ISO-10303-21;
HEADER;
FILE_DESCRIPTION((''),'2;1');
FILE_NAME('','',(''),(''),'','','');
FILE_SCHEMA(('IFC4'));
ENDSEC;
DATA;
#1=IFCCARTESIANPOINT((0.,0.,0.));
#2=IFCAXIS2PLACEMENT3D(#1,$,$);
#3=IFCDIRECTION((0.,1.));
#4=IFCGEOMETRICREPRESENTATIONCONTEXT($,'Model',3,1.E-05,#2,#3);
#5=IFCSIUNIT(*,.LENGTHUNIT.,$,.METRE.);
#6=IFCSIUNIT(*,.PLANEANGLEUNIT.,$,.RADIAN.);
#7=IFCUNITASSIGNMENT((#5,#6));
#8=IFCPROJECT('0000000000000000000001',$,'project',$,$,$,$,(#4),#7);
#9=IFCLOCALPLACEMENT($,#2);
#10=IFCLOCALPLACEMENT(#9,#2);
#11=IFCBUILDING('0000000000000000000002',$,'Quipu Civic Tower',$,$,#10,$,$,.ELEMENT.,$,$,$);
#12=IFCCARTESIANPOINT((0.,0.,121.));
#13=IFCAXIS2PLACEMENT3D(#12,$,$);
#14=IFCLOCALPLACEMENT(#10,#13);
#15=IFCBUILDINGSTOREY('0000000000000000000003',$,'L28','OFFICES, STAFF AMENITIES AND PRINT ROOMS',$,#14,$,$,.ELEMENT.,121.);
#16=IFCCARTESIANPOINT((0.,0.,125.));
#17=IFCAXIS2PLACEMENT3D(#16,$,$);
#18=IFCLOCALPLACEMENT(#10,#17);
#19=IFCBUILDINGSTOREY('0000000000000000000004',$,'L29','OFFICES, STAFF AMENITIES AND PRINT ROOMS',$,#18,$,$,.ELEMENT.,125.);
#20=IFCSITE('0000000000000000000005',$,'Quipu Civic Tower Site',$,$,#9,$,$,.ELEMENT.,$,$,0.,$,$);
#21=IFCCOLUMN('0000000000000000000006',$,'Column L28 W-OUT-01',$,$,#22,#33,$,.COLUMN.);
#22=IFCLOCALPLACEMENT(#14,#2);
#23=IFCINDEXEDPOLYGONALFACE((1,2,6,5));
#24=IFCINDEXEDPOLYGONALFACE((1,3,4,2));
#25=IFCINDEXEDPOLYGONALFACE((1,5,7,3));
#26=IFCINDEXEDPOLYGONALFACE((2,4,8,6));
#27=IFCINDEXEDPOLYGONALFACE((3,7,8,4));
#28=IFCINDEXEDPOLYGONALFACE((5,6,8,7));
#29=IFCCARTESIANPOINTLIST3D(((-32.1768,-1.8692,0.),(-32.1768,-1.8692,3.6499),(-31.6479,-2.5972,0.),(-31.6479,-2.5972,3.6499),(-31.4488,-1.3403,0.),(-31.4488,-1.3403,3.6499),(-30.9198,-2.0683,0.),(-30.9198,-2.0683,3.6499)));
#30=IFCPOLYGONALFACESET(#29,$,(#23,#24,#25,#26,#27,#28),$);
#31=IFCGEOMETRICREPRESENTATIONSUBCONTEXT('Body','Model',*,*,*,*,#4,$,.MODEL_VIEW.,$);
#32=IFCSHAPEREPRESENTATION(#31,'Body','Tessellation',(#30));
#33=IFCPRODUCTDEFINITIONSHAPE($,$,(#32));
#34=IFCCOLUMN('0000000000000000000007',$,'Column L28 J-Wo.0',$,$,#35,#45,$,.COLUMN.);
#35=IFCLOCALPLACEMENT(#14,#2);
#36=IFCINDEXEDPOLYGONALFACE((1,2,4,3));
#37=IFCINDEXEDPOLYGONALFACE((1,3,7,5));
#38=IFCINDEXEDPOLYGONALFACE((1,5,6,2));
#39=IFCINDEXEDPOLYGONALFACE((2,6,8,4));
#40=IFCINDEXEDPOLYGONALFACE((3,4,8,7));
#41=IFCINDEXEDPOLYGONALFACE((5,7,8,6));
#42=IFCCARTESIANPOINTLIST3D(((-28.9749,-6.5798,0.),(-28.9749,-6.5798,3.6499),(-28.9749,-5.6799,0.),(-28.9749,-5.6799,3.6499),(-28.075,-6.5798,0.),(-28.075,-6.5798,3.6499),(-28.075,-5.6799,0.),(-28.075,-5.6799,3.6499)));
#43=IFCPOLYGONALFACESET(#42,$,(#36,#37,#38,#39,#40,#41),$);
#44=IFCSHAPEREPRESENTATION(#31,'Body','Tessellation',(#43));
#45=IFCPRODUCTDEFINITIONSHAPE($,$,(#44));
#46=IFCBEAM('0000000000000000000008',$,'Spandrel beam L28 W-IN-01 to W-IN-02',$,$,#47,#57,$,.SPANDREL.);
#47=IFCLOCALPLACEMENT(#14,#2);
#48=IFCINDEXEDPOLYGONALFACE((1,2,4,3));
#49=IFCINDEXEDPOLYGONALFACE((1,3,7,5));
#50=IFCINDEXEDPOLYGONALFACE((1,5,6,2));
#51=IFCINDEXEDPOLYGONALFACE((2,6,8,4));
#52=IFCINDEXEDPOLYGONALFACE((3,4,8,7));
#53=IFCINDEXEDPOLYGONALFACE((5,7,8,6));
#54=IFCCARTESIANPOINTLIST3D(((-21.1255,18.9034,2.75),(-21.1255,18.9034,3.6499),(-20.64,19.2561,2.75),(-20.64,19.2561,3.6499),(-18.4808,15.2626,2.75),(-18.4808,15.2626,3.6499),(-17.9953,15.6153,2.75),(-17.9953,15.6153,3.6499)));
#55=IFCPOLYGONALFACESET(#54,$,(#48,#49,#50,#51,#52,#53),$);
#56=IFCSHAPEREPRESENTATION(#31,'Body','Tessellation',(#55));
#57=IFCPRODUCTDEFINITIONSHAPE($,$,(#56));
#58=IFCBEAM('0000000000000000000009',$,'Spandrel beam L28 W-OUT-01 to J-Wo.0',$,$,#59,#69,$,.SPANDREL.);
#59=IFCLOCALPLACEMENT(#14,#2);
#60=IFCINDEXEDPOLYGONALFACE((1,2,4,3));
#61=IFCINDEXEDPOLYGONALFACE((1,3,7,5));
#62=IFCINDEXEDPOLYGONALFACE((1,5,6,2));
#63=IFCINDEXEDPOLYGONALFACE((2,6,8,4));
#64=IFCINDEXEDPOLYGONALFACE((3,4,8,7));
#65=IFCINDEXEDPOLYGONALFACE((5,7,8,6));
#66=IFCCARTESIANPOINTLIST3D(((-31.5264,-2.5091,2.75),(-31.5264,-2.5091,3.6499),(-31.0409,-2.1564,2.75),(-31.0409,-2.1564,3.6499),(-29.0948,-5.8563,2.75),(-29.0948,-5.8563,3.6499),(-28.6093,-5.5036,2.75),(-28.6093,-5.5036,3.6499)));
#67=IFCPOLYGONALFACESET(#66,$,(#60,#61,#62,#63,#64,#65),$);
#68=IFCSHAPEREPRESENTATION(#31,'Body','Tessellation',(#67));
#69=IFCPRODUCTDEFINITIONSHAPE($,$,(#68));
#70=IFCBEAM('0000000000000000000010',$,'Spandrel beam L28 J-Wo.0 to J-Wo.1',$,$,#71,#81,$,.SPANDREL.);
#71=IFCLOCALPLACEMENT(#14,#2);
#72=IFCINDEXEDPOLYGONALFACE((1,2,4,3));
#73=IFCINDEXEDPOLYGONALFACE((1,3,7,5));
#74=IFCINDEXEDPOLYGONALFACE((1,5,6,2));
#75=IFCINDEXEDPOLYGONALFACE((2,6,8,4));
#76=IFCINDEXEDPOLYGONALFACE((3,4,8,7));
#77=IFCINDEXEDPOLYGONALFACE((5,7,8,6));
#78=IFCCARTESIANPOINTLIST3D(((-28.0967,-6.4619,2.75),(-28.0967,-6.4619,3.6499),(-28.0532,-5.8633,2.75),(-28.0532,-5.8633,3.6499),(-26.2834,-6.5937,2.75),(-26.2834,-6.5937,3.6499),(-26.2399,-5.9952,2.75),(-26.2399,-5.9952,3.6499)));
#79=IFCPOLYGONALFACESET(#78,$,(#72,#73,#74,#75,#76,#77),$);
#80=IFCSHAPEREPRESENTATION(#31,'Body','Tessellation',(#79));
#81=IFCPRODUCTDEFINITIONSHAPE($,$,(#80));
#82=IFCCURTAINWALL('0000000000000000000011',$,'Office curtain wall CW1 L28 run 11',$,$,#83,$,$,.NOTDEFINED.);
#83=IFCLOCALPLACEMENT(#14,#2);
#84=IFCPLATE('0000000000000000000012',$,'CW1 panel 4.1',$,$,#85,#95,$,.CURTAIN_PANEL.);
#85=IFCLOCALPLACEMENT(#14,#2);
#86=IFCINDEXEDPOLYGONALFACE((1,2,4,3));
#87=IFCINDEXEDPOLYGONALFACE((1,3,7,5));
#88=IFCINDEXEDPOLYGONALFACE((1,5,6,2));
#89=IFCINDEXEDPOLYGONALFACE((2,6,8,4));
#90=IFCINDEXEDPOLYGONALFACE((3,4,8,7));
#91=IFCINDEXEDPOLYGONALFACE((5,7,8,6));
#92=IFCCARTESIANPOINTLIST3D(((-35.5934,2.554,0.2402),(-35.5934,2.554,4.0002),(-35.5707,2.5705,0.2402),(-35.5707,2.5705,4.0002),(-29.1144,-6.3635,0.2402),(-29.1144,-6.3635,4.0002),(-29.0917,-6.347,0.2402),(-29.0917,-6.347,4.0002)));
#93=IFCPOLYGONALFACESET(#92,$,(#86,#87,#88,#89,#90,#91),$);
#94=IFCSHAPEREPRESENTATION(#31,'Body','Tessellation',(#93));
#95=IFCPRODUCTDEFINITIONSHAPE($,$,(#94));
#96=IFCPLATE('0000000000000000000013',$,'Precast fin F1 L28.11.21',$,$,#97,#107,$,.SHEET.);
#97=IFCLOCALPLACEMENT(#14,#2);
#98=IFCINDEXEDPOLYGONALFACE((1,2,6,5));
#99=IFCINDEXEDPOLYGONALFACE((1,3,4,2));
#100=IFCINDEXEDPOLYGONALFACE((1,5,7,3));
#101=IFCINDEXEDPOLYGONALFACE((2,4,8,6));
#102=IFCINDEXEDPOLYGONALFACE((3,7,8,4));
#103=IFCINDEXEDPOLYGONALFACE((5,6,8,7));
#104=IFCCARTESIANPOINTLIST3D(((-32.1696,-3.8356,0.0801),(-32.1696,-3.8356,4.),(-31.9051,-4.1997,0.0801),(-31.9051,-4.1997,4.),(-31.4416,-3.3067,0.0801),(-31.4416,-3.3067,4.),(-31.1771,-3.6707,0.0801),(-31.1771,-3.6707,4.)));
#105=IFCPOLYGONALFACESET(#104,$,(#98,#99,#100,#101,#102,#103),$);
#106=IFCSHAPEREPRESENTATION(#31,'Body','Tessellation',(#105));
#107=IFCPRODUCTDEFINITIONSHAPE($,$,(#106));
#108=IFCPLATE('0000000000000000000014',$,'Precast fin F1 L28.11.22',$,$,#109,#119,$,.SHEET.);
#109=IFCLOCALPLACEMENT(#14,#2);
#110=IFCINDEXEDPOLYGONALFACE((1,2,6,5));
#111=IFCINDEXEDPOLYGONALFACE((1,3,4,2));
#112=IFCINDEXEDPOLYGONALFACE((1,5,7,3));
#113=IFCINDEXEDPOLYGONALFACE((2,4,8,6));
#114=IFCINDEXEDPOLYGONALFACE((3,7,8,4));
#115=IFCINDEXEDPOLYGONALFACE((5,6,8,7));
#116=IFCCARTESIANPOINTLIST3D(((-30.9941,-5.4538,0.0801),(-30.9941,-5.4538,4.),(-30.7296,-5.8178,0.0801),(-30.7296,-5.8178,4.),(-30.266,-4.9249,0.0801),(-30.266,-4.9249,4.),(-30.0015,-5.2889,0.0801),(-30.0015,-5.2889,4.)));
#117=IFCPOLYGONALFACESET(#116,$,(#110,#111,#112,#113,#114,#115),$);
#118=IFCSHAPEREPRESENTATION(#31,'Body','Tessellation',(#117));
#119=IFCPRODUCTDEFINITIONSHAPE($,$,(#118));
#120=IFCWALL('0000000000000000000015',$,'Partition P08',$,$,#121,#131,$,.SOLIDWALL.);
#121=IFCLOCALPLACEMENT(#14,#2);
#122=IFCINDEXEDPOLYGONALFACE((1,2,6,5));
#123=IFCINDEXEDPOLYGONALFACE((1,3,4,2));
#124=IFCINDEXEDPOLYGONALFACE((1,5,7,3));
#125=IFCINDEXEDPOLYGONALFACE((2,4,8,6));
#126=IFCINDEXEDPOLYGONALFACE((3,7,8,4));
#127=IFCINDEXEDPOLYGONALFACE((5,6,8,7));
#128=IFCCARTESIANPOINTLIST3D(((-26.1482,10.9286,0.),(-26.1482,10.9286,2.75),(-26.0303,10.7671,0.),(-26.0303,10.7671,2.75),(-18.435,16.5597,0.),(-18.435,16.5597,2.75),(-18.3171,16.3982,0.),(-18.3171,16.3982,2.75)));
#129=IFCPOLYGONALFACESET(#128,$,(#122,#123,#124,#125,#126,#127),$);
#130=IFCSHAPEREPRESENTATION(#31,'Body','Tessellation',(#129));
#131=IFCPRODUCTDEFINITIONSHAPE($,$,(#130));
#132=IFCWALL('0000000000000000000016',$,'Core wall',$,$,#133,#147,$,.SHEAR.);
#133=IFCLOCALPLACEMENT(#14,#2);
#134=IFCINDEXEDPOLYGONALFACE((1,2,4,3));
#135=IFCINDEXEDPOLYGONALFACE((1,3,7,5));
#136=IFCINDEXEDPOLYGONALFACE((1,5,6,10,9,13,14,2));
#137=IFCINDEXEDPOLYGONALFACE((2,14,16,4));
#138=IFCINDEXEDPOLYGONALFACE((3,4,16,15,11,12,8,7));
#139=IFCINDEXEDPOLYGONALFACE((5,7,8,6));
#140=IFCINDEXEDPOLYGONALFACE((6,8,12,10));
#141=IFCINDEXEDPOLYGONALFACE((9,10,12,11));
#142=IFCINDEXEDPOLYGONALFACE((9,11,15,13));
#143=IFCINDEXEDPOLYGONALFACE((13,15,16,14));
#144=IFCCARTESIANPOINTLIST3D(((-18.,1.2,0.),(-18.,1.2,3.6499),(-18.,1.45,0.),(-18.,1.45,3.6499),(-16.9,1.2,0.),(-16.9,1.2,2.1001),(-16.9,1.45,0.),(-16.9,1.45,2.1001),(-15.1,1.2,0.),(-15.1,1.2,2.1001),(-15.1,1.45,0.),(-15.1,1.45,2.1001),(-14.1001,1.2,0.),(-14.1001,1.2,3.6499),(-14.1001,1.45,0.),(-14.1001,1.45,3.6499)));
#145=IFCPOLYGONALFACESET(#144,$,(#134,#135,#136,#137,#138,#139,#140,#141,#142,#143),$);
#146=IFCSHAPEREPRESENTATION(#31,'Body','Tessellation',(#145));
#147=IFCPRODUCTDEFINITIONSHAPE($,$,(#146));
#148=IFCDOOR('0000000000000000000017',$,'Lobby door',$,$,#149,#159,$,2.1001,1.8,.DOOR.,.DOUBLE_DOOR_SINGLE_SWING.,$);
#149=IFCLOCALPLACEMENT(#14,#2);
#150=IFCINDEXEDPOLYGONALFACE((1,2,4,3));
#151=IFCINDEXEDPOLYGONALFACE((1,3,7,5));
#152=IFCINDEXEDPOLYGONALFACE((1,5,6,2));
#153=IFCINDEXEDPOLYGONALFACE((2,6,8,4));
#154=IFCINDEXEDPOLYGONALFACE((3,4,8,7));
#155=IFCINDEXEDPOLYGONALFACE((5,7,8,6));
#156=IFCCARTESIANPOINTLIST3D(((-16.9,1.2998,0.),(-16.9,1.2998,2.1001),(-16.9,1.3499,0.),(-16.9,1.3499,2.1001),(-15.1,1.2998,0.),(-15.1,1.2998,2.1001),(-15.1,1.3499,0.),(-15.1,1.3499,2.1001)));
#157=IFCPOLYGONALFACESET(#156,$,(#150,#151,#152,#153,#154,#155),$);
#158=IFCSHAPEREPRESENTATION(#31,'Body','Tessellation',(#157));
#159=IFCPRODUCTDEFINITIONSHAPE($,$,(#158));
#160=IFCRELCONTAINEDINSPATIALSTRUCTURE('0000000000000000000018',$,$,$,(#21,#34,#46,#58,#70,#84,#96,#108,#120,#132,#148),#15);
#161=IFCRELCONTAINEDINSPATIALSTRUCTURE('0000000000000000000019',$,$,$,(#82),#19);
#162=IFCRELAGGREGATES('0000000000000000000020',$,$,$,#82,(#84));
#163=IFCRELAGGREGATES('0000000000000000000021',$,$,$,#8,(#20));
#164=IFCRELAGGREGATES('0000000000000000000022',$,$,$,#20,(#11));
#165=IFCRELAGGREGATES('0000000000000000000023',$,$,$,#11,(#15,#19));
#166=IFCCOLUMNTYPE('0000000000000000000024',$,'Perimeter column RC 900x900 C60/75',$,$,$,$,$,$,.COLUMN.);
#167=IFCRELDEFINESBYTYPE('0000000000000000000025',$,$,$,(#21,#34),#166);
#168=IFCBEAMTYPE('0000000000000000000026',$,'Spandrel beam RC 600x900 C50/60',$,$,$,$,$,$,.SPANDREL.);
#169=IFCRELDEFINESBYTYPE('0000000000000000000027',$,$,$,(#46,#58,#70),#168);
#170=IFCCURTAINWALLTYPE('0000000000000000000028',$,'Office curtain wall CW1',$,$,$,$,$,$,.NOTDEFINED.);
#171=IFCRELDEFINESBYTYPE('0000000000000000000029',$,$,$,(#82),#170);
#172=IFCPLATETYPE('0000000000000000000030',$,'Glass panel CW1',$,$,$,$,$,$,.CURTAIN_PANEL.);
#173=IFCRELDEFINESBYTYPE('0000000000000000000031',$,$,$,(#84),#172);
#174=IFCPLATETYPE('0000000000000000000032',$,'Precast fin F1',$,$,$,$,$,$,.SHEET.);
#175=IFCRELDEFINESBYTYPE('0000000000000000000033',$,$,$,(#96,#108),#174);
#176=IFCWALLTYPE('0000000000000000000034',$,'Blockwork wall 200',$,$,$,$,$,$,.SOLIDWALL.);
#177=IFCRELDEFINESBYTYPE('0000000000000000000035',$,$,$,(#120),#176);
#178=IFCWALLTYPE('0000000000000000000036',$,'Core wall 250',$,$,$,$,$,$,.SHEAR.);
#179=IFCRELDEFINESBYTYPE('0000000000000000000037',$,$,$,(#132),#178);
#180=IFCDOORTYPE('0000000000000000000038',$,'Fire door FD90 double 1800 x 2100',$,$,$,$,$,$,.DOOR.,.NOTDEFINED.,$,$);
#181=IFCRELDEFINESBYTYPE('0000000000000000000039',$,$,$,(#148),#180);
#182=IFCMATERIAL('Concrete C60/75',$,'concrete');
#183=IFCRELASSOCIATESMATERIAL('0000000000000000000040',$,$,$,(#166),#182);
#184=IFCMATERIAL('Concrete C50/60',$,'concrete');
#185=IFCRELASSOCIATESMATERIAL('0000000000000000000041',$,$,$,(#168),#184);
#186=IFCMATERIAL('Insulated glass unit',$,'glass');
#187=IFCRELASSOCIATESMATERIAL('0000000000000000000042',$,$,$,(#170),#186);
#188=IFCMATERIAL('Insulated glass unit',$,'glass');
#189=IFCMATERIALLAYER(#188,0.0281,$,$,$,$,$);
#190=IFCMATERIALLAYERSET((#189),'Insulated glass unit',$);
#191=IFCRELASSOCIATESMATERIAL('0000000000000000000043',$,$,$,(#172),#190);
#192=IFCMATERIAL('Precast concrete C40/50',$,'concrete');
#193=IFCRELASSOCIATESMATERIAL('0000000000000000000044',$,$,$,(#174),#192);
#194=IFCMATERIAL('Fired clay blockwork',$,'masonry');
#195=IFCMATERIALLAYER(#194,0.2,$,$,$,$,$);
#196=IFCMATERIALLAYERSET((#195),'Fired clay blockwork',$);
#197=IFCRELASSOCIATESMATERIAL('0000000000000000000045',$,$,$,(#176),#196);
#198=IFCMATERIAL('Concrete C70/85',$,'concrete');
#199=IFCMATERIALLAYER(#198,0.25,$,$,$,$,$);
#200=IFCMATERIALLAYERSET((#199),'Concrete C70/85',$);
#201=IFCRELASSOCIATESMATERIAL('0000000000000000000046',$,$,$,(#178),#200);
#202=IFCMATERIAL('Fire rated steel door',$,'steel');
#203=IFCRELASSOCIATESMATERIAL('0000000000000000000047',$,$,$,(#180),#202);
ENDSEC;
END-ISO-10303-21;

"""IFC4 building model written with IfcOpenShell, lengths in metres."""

from ifc_helpers import new_model, si_unit, direction, frame, frame_2d, origin, origin_2d, place, context, subcontext, project, spatial, rectangle, extrude, material, layer, layer_set, material_profile, profile_set, type_object, element, fill, aggregate, save


model = new_model("IFC4")

# Units and contexts
model_context = context("Model", 3, precision=1e-05, world=origin(), true_north=direction((0.0, 1.0)))
body_context = subcontext(model_context, "Body", "Model", "MODEL_VIEW")
ifc_project = project(units=[si_unit("LENGTHUNIT", "METRE"), si_unit("PLANEANGLEUNIT", "RADIAN")], contexts=[model_context])

# Site, building, storey
site_placement = place(None, origin())
site = spatial("IfcSite", under=ifc_project, at=site_placement, Name="Quipu Civic Tower Site", CompositionType="ELEMENT", RefElevation=0.0)
building_placement = place(site_placement, origin())
building = spatial("IfcBuilding", under=site, at=building_placement, Name="Quipu Civic Tower", CompositionType="ELEMENT")
storey_1_placement = place(building_placement, frame((0.0, 0.0, 121.0)))
storey_1 = spatial("IfcBuildingStorey", under=building, at=storey_1_placement, Name="L28", Description="OFFICES, STAFF AMENITIES AND PRINT ROOMS", CompositionType="ELEMENT", Elevation=121.0)

# Columns
ifc_material_1 = material(Name="Concrete C60/75", Category="concrete")
ifc_material_profile_1 = material_profile(ifc_material_1, rectangle(XDim=0.8999, YDim=0.8999, at=origin_2d()), Name="RC900x900")
ifc_profile_set_1 = profile_set([ifc_material_profile_1], Name="Concrete C60/75")
column_type = type_object("IfcColumnType", Name="Perimeter column RC 900x900 C60/75", PredefinedType="COLUMN", material=ifc_profile_set_1)
for number, where, z_axis, x_axis, name in (
    (1, (-31.5483, -1.9688, 0.0), (0.0, 0.0, 1.0), (0.587785, -0.809017, 0.0), "Column L28 W-OUT-01"),
    (2, (-28.5249, -6.1299, 0.0), (0.0, 0.0, 1.0), (1.0, 0.0, 0.0), "Column L28 J-Wo.0"),
):
    element("IfcColumn", number, at=place(storey_1_placement, frame(where, z_axis=z_axis, x_axis=x_axis)), inside=storey_1, type_object=column_type, Name=name, PredefinedType="COLUMN", context=body_context, shape_type="SweptSolid", body=[
        extrude(rectangle(XDim=0.8999, YDim=0.8999, at=origin_2d()), origin(), (0.0, 0.0, 1.0), 3.6499),
    ])

# Beams
ifc_material_2 = material(Name="Concrete C50/60", Category="concrete")
ifc_material_profile_2 = material_profile(ifc_material_2, rectangle(XDim=0.6001, YDim=0.8999, at=origin_2d()), Name="RC600x900")
ifc_profile_set_2 = profile_set([ifc_material_profile_2], Name="Concrete C50/60")
beam_type = type_object("IfcBeamType", Name="Spandrel beam RC 600x900 C50/60", PredefinedType="SPANDREL", material=ifc_profile_set_2)
beam_1_placement = place(storey_1_placement, frame((-18.238, 15.439, 3.2), z_axis=(-0.587717, 0.809067, 0.0), x_axis=(-0.809067, -0.587717, 0.0)))
element("IfcBeam", 3, at=beam_1_placement, inside=storey_1, type_object=beam_type, Name="Spandrel beam L28 W-IN-01 to W-IN-02", PredefinedType="SPANDREL", context=body_context, shape_type="SweptSolid", body=[
    extrude(rectangle(XDim=0.6001, YDim=0.8999, at=origin_2d()), origin(), (0.0, 0.0, 1.0), 4.5),
])
beam_2_placement = place(storey_1_placement, frame((-31.2837, -2.3328, 3.2), z_axis=(0.587751, -0.809042, 0.0), x_axis=(0.809042, 0.587751, 0.0)))
element("IfcBeam", 4, at=beam_2_placement, inside=storey_1, type_object=beam_type, Name="Spandrel beam L28 W-OUT-01 to J-Wo.0", PredefinedType="SPANDREL", context=body_context, shape_type="SweptSolid", body=[
    extrude(rectangle(XDim=0.6001, YDim=0.8999, at=origin_2d()), origin(), (0.0, 0.0, 1.0), 4.1372),
])
beam_3_placement = place(storey_1_placement, frame((-28.075, -6.1626, 3.2), z_axis=(0.997367, -0.072516, 0.0), x_axis=(0.072516, 0.997367, 0.0)))
element("IfcBeam", 5, at=beam_3_placement, inside=storey_1, type_object=beam_type, Name="Spandrel beam L28 J-Wo.0 to J-Wo.1", PredefinedType="SPANDREL", context=body_context, shape_type="SweptSolid", body=[
    extrude(rectangle(XDim=0.6001, YDim=0.8999, at=origin_2d()), origin(), (0.0, 0.0, 1.0), 1.8181),
])

# Shared definitions
storey_2_placement = place(building_placement, frame((0.0, 0.0, 125.0)))
storey_2 = spatial("IfcBuildingStorey", under=building, at=storey_2_placement, Name="L29", Description="OFFICES, STAFF AMENITIES AND PRINT ROOMS", CompositionType="ELEMENT", Elevation=125.0)

# Curtain wall, plate
ifc_material_3 = material(Name="Insulated glass unit", Category="glass")
curtain_wall_type = type_object("IfcCurtainWallType", Name="Office curtain wall CW1", PredefinedType="NOTDEFINED", material=ifc_material_3)
curtain_wall_placement = place(storey_2_placement, origin())
curtain_wall = element("IfcCurtainWall", 6, at=curtain_wall_placement, inside=storey_2, type_object=curtain_wall_type, Name="Office curtain wall CW1 L28 run 11", PredefinedType="NOTDEFINED")
ifc_material_4 = material(Name="Insulated glass unit", Category="glass")
ifc_layer_1 = layer(ifc_material_4, 0.0281)
ifc_layer_set_1 = layer_set([ifc_layer_1], Name="Insulated glass unit")
plate_type_1 = type_object("IfcPlateType", Name="Glass panel CW1", PredefinedType="CURTAIN_PANEL", material=ifc_layer_set_1)
plate_placement = place(storey_1_placement, frame((-32.3425, -1.8965, 0.2402), z_axis=(0.0, 0.0, 1.0), x_axis=(0.587786, -0.809017, 0.0)))
plate = element("IfcPlate", 7, at=plate_placement, inside=storey_1, type_object=plate_type_1, Name="CW1 panel 4.1", PredefinedType="CURTAIN_PANEL", context=body_context, shape_type="SweptSolid", body=[
    extrude(rectangle(XDim=11.0227, YDim=0.0281, at=origin_2d()), origin(), (0.0, 0.0, 1.0), 3.76),
])
aggregate(curtain_wall, [plate])

# Plates
ifc_material_5 = material(Name="Precast concrete C40/50", Category="concrete")
plate_type_2 = type_object("IfcPlateType", Name="Precast fin F1", PredefinedType="SHEET", material=ifc_material_5)
for number, where, z_axis, x_axis, name in (
    (8, (-31.6733, -3.7532, 0.0801), (0.0, 0.0, 1.0), (0.587786, -0.809017, 0.0), "Precast fin F1 L28.11.21"),
    (9, (-30.4978, -5.3713, 0.0801), (0.0, 0.0, 1.0), (0.587786, -0.809017, 0.0), "Precast fin F1 L28.11.22"),
):
    element("IfcPlate", number, at=place(storey_1_placement, frame(where, z_axis=z_axis, x_axis=x_axis)), inside=storey_1, type_object=plate_type_2, Name=name, PredefinedType="SHEET", context=body_context, shape_type="SweptSolid", body=[
        extrude(rectangle(XDim=0.45, YDim=0.8999, at=origin_2d()), origin(), (0.0, 0.0, 1.0), 3.9199),
    ])

# Wall
ifc_material_6 = material(Name="Fired clay blockwork", Category="masonry")
ifc_layer_2 = layer(ifc_material_6, 0.2)
ifc_layer_set_2 = layer_set([ifc_layer_2], Name="Fired clay blockwork")
wall_type_1 = type_object("IfcWallType", Name="Blockwork wall 200", PredefinedType="SOLIDWALL", material=ifc_layer_set_2)
wall_1_placement = place(storey_1_placement, frame((-26.0891, 10.8479, 0.0), z_axis=(0.0, 0.0, 1.0), x_axis=(0.807661, 0.589647, 0.0)))
element("IfcWall", 10, at=wall_1_placement, inside=storey_1, type_object=wall_type_1, Name="Partition P08", PredefinedType="SOLIDWALL", context=body_context, shape_type="SweptSolid", body=[
    extrude(rectangle(XDim=9.55, YDim=0.2, at=frame_2d((4.7749, 0.0))), origin(), (0.0, 0.0, 1.0), 2.75),
])

# Wall, opening, door
ifc_material_7 = material(Name="Concrete C70/85", Category="concrete")
ifc_layer_3 = layer(ifc_material_7, 0.25)
ifc_layer_set_3 = layer_set([ifc_layer_3], Name="Concrete C70/85")
wall_type_2 = type_object("IfcWallType", Name="Core wall 250", PredefinedType="SHEAR", material=ifc_layer_set_3)
wall_2_placement = place(storey_1_placement, frame((-18.0, 1.325, 0.0), z_axis=(0.0, 0.0, 1.0), x_axis=(1.0, 0.0, 0.0)))
wall_2 = element("IfcWall", 11, at=wall_2_placement, inside=storey_1, type_object=wall_type_2, Name="Core wall", PredefinedType="SHEAR", context=body_context, shape_type="SweptSolid", body=[
    extrude(rectangle(XDim=3.8999, YDim=0.25, at=frame_2d((1.95, 0.0))), origin(), (0.0, 0.0, 1.0), 3.6499),
])
opening_1_placement = place(wall_2_placement, frame((1.1001, 0.0, 0.0)))
opening_1 = element("IfcOpeningElement", 12, at=opening_1_placement, cuts=wall_2, PredefinedType="OPENING", context=body_context, shape_type="SweptSolid", body=[
    extrude(rectangle(XDim=1.8, YDim=2.1001, at=frame_2d((0.8999, 1.05))), frame((0.0, 0.135, 0.0), z_axis=(0.0, -1.0, 0.0), x_axis=(1.0, 0.0, 0.0)), (0.0, 0.0, 1.0), 0.27),
])
ifc_material_8 = material(Name="Fire rated steel door", Category="steel")
door_type_1 = type_object("IfcDoorType", Name="Fire door FD90 double 1800 x 2100", OperationType="NOTDEFINED", PredefinedType="DOOR", material=ifc_material_8)
door_1_placement = place(opening_1_placement, origin())
door_1 = element("IfcDoor", 13, at=door_1_placement, inside=storey_1, type_object=door_type_1, Name="Lobby door", OperationType="DOUBLE_DOOR_SINGLE_SWING", OverallHeight=2.1001, OverallWidth=1.8, PredefinedType="DOOR", context=body_context, shape_type="SweptSolid", body=[
    extrude(rectangle(XDim=1.8, YDim=2.1001, at=frame_2d((0.8999, 1.05))), frame((0.0, 0.0249, 0.0), z_axis=(0.0, -1.0, 0.0), x_axis=(1.0, 0.0, 0.0)), (0.0, 0.0, 1.0), 0.05),
])
fill(opening_1, door_1)

save(model, "model.ifc")
